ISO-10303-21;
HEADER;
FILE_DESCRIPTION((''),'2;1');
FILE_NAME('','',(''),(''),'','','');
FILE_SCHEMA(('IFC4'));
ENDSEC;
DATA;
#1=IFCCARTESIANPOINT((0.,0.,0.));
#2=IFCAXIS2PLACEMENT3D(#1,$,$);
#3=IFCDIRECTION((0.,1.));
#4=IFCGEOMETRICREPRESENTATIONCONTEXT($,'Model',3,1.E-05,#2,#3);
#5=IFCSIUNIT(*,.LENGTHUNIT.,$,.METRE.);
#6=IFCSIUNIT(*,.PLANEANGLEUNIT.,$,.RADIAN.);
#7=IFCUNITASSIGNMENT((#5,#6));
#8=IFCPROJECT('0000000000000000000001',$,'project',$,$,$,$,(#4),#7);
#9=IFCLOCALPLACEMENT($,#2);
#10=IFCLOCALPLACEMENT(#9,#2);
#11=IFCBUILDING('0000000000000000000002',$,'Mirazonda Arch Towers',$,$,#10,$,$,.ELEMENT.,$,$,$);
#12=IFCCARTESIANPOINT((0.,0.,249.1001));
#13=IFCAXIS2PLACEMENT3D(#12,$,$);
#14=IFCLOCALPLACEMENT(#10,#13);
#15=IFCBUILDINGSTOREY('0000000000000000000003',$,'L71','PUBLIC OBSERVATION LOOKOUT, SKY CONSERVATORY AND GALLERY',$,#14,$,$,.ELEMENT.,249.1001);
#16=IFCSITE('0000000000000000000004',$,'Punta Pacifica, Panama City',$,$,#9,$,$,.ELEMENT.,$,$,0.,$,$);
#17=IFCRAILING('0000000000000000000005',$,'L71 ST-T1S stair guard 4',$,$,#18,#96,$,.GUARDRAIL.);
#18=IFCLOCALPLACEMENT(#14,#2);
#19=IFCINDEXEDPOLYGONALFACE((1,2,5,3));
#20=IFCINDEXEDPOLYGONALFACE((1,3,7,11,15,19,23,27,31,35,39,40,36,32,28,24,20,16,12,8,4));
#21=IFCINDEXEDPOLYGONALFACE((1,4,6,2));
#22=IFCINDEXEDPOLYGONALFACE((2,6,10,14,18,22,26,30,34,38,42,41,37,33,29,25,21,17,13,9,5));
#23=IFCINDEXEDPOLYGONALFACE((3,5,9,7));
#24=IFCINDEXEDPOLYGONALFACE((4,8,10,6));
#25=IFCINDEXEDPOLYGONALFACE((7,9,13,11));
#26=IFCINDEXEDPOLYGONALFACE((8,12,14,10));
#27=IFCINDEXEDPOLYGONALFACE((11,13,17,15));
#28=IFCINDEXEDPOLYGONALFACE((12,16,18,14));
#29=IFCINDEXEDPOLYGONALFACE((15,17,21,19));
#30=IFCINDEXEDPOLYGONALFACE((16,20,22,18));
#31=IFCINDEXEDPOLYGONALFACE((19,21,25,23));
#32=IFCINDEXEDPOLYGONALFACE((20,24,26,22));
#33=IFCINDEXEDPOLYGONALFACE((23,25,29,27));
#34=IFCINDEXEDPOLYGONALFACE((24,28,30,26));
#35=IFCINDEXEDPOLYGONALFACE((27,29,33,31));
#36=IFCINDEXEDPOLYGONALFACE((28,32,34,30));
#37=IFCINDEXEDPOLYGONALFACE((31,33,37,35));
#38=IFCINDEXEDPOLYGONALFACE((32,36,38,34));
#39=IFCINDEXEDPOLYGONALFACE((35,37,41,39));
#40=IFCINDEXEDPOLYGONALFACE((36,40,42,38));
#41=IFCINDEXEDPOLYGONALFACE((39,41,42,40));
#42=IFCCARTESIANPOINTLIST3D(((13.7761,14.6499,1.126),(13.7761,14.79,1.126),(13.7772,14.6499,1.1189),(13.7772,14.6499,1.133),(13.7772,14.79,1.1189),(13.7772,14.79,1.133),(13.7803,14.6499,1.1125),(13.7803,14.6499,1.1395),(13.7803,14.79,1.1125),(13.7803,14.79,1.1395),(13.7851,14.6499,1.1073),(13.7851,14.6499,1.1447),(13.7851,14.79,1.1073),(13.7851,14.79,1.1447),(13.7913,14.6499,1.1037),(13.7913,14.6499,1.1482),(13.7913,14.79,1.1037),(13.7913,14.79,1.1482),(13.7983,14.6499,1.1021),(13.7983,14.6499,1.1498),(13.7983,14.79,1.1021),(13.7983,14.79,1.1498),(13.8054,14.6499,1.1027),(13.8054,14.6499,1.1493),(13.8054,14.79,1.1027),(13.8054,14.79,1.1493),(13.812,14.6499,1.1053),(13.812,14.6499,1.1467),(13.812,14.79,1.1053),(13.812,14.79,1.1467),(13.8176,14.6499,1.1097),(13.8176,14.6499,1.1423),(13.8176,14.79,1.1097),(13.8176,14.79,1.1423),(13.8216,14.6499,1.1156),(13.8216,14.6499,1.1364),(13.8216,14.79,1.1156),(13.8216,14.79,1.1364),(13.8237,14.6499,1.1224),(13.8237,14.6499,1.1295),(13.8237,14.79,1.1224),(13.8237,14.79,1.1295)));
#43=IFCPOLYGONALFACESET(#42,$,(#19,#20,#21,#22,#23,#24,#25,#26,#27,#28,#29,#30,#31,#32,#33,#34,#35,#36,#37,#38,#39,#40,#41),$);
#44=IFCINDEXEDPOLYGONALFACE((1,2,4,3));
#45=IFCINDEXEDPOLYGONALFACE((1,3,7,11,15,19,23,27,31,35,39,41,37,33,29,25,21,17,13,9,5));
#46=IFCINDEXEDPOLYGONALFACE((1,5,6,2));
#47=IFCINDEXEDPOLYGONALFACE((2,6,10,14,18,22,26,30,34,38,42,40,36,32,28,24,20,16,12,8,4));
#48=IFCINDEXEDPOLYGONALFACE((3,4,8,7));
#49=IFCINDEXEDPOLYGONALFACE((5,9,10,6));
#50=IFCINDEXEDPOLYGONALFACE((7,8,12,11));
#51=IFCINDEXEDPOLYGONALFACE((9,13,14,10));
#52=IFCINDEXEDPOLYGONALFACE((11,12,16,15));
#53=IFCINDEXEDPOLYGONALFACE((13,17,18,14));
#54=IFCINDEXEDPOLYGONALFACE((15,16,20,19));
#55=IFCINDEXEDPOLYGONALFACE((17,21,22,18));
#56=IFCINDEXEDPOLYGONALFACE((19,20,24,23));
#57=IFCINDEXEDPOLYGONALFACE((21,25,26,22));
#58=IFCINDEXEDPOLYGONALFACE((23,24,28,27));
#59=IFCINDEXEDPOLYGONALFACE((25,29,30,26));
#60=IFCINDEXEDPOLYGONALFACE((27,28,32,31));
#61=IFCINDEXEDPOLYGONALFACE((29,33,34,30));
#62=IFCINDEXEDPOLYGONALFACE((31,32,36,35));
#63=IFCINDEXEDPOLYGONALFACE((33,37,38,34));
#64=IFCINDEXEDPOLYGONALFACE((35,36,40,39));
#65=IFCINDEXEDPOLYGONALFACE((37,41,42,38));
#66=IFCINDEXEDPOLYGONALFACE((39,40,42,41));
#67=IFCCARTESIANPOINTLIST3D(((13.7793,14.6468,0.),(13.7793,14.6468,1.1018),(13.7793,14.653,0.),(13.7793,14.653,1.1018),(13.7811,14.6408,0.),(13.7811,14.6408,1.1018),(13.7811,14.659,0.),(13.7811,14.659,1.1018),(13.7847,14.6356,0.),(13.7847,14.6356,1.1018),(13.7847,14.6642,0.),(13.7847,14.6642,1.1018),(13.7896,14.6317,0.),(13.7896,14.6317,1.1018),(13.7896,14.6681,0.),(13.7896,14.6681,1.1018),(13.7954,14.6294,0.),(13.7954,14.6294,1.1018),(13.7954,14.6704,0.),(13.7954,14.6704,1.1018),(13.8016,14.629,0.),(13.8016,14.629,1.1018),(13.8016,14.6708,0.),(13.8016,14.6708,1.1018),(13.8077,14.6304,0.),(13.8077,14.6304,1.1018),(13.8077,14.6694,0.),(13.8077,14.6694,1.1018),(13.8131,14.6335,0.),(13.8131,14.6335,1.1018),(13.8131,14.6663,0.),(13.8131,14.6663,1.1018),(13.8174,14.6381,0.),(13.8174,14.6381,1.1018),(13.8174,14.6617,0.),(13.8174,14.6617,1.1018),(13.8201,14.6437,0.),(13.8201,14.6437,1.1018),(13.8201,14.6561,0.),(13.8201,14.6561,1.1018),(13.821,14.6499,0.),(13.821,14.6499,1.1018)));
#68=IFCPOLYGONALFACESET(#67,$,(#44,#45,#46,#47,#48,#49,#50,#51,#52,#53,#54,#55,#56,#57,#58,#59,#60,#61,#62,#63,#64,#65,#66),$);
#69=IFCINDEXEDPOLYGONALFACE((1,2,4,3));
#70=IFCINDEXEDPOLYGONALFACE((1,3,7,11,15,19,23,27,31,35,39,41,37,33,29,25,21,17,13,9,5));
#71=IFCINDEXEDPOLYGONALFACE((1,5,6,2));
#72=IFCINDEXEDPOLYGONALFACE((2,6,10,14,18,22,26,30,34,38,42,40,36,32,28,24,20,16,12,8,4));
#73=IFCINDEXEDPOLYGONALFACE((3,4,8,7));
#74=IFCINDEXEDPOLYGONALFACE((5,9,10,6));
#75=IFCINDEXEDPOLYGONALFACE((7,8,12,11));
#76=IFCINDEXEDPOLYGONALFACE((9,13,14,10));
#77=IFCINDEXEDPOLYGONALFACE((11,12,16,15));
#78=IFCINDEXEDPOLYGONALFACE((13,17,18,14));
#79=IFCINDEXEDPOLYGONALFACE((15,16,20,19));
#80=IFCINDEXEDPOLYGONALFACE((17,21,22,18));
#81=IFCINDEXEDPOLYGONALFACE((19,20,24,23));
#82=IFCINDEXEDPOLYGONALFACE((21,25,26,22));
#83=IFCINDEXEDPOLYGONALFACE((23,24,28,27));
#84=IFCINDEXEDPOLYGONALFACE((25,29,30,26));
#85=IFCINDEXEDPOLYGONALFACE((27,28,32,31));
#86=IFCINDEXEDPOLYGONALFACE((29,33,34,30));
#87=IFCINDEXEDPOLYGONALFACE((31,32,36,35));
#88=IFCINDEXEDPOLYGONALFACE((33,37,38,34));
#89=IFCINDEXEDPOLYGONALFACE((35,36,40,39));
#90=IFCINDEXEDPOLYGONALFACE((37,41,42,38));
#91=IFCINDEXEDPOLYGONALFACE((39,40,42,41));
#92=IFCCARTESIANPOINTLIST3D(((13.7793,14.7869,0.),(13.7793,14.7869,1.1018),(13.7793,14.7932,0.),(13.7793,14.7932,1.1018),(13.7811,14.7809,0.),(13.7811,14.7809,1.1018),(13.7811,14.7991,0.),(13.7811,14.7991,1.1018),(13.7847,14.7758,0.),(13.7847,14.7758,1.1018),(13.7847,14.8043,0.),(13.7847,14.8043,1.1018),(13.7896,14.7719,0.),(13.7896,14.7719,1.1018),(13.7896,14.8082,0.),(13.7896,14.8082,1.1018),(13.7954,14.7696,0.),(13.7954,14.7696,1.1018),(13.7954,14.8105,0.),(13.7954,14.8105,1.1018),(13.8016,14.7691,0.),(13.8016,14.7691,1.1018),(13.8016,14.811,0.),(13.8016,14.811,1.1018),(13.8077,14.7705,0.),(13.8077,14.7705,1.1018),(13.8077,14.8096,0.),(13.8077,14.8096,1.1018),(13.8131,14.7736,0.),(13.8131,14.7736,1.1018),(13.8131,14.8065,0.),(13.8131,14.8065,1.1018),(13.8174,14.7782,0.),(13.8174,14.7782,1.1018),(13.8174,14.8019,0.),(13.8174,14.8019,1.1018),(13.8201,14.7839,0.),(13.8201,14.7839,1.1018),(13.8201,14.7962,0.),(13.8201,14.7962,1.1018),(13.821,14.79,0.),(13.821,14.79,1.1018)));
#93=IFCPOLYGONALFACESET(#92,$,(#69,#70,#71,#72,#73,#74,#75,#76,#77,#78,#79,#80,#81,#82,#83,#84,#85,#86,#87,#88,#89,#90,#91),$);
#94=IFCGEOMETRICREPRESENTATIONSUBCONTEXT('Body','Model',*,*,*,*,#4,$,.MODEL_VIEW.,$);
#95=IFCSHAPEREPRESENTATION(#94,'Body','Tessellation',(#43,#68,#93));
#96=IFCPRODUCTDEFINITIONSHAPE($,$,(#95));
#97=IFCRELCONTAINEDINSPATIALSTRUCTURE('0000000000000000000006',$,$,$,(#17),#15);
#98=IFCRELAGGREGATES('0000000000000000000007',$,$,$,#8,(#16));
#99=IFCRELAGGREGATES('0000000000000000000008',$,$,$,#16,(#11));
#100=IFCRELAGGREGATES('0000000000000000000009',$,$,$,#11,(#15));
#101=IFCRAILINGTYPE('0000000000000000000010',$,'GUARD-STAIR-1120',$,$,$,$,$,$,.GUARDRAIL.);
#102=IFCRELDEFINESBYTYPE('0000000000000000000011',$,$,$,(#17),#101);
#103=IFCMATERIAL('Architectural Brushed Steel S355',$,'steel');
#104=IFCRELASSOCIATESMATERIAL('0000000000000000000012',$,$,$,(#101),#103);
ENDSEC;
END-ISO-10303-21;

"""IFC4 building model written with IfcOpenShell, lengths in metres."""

from ifc_helpers import new_model, si_unit, direction, frame, origin, origin_2d, place, context, subcontext, project, spatial, circle, extrude, material, type_object, element, save


model = new_model("IFC4")

# Units and contexts
model_context = context("Model", 3, precision=1e-05, world=origin(), true_north=direction((0.0, 1.0)))
body_context = subcontext(model_context, "Body", "Model", "MODEL_VIEW")
ifc_project = project(units=[si_unit("LENGTHUNIT", "METRE"), si_unit("PLANEANGLEUNIT", "RADIAN")], contexts=[model_context])

# Site, building, storey
site_placement = place(None, origin())
site = spatial("IfcSite", under=ifc_project, at=site_placement, Name="Punta Pacifica, Panama City", CompositionType="ELEMENT", RefElevation=0.0)
building_placement = place(site_placement, origin())
building = spatial("IfcBuilding", under=site, at=building_placement, Name="Mirazonda Arch Towers", CompositionType="ELEMENT")
storey_placement = place(building_placement, frame((0.0, 0.0, 249.1001)))
storey = spatial("IfcBuildingStorey", under=building, at=storey_placement, Name="L71", Description="PUBLIC OBSERVATION LOOKOUT, SKY CONSERVATORY AND GALLERY", CompositionType="ELEMENT", Elevation=249.1001)

# Railing
ifc_material_1 = material(Name="Architectural Brushed Steel S355", Category="steel")
railing_type_1 = type_object("IfcRailingType", Name="GUARD-STAIR-1120", PredefinedType="GUARDRAIL", material=ifc_material_1)
railing_1_placement = place(storey_placement, frame((13.8, 14.6499, 0.0)))
element("IfcRailing", 1, at=railing_1_placement, inside=storey, type_object=railing_type_1, Name="L71 ST-T1S stair guard 4", PredefinedType="GUARDRAIL", context=body_context, shape_type="SweptSolid", body=[
    extrude(circle(Radius=0.0239, at=origin_2d()), frame((0.0, 0.0, 1.126), z_axis=(0.0, 1.0, 0.0), x_axis=(-1.0, 0.0, 0.0)), (0.0, 0.0, 1.0), 0.1401),
    extrude(circle(Radius=0.021, at=origin_2d()), origin(), (0.0, 0.0, 1.0), 1.1018),
    extrude(circle(Radius=0.021, at=origin_2d()), frame((0.0, 0.1401, 0.0)), (0.0, 0.0, 1.0), 1.1018),
])

save(model, "model.ifc")
